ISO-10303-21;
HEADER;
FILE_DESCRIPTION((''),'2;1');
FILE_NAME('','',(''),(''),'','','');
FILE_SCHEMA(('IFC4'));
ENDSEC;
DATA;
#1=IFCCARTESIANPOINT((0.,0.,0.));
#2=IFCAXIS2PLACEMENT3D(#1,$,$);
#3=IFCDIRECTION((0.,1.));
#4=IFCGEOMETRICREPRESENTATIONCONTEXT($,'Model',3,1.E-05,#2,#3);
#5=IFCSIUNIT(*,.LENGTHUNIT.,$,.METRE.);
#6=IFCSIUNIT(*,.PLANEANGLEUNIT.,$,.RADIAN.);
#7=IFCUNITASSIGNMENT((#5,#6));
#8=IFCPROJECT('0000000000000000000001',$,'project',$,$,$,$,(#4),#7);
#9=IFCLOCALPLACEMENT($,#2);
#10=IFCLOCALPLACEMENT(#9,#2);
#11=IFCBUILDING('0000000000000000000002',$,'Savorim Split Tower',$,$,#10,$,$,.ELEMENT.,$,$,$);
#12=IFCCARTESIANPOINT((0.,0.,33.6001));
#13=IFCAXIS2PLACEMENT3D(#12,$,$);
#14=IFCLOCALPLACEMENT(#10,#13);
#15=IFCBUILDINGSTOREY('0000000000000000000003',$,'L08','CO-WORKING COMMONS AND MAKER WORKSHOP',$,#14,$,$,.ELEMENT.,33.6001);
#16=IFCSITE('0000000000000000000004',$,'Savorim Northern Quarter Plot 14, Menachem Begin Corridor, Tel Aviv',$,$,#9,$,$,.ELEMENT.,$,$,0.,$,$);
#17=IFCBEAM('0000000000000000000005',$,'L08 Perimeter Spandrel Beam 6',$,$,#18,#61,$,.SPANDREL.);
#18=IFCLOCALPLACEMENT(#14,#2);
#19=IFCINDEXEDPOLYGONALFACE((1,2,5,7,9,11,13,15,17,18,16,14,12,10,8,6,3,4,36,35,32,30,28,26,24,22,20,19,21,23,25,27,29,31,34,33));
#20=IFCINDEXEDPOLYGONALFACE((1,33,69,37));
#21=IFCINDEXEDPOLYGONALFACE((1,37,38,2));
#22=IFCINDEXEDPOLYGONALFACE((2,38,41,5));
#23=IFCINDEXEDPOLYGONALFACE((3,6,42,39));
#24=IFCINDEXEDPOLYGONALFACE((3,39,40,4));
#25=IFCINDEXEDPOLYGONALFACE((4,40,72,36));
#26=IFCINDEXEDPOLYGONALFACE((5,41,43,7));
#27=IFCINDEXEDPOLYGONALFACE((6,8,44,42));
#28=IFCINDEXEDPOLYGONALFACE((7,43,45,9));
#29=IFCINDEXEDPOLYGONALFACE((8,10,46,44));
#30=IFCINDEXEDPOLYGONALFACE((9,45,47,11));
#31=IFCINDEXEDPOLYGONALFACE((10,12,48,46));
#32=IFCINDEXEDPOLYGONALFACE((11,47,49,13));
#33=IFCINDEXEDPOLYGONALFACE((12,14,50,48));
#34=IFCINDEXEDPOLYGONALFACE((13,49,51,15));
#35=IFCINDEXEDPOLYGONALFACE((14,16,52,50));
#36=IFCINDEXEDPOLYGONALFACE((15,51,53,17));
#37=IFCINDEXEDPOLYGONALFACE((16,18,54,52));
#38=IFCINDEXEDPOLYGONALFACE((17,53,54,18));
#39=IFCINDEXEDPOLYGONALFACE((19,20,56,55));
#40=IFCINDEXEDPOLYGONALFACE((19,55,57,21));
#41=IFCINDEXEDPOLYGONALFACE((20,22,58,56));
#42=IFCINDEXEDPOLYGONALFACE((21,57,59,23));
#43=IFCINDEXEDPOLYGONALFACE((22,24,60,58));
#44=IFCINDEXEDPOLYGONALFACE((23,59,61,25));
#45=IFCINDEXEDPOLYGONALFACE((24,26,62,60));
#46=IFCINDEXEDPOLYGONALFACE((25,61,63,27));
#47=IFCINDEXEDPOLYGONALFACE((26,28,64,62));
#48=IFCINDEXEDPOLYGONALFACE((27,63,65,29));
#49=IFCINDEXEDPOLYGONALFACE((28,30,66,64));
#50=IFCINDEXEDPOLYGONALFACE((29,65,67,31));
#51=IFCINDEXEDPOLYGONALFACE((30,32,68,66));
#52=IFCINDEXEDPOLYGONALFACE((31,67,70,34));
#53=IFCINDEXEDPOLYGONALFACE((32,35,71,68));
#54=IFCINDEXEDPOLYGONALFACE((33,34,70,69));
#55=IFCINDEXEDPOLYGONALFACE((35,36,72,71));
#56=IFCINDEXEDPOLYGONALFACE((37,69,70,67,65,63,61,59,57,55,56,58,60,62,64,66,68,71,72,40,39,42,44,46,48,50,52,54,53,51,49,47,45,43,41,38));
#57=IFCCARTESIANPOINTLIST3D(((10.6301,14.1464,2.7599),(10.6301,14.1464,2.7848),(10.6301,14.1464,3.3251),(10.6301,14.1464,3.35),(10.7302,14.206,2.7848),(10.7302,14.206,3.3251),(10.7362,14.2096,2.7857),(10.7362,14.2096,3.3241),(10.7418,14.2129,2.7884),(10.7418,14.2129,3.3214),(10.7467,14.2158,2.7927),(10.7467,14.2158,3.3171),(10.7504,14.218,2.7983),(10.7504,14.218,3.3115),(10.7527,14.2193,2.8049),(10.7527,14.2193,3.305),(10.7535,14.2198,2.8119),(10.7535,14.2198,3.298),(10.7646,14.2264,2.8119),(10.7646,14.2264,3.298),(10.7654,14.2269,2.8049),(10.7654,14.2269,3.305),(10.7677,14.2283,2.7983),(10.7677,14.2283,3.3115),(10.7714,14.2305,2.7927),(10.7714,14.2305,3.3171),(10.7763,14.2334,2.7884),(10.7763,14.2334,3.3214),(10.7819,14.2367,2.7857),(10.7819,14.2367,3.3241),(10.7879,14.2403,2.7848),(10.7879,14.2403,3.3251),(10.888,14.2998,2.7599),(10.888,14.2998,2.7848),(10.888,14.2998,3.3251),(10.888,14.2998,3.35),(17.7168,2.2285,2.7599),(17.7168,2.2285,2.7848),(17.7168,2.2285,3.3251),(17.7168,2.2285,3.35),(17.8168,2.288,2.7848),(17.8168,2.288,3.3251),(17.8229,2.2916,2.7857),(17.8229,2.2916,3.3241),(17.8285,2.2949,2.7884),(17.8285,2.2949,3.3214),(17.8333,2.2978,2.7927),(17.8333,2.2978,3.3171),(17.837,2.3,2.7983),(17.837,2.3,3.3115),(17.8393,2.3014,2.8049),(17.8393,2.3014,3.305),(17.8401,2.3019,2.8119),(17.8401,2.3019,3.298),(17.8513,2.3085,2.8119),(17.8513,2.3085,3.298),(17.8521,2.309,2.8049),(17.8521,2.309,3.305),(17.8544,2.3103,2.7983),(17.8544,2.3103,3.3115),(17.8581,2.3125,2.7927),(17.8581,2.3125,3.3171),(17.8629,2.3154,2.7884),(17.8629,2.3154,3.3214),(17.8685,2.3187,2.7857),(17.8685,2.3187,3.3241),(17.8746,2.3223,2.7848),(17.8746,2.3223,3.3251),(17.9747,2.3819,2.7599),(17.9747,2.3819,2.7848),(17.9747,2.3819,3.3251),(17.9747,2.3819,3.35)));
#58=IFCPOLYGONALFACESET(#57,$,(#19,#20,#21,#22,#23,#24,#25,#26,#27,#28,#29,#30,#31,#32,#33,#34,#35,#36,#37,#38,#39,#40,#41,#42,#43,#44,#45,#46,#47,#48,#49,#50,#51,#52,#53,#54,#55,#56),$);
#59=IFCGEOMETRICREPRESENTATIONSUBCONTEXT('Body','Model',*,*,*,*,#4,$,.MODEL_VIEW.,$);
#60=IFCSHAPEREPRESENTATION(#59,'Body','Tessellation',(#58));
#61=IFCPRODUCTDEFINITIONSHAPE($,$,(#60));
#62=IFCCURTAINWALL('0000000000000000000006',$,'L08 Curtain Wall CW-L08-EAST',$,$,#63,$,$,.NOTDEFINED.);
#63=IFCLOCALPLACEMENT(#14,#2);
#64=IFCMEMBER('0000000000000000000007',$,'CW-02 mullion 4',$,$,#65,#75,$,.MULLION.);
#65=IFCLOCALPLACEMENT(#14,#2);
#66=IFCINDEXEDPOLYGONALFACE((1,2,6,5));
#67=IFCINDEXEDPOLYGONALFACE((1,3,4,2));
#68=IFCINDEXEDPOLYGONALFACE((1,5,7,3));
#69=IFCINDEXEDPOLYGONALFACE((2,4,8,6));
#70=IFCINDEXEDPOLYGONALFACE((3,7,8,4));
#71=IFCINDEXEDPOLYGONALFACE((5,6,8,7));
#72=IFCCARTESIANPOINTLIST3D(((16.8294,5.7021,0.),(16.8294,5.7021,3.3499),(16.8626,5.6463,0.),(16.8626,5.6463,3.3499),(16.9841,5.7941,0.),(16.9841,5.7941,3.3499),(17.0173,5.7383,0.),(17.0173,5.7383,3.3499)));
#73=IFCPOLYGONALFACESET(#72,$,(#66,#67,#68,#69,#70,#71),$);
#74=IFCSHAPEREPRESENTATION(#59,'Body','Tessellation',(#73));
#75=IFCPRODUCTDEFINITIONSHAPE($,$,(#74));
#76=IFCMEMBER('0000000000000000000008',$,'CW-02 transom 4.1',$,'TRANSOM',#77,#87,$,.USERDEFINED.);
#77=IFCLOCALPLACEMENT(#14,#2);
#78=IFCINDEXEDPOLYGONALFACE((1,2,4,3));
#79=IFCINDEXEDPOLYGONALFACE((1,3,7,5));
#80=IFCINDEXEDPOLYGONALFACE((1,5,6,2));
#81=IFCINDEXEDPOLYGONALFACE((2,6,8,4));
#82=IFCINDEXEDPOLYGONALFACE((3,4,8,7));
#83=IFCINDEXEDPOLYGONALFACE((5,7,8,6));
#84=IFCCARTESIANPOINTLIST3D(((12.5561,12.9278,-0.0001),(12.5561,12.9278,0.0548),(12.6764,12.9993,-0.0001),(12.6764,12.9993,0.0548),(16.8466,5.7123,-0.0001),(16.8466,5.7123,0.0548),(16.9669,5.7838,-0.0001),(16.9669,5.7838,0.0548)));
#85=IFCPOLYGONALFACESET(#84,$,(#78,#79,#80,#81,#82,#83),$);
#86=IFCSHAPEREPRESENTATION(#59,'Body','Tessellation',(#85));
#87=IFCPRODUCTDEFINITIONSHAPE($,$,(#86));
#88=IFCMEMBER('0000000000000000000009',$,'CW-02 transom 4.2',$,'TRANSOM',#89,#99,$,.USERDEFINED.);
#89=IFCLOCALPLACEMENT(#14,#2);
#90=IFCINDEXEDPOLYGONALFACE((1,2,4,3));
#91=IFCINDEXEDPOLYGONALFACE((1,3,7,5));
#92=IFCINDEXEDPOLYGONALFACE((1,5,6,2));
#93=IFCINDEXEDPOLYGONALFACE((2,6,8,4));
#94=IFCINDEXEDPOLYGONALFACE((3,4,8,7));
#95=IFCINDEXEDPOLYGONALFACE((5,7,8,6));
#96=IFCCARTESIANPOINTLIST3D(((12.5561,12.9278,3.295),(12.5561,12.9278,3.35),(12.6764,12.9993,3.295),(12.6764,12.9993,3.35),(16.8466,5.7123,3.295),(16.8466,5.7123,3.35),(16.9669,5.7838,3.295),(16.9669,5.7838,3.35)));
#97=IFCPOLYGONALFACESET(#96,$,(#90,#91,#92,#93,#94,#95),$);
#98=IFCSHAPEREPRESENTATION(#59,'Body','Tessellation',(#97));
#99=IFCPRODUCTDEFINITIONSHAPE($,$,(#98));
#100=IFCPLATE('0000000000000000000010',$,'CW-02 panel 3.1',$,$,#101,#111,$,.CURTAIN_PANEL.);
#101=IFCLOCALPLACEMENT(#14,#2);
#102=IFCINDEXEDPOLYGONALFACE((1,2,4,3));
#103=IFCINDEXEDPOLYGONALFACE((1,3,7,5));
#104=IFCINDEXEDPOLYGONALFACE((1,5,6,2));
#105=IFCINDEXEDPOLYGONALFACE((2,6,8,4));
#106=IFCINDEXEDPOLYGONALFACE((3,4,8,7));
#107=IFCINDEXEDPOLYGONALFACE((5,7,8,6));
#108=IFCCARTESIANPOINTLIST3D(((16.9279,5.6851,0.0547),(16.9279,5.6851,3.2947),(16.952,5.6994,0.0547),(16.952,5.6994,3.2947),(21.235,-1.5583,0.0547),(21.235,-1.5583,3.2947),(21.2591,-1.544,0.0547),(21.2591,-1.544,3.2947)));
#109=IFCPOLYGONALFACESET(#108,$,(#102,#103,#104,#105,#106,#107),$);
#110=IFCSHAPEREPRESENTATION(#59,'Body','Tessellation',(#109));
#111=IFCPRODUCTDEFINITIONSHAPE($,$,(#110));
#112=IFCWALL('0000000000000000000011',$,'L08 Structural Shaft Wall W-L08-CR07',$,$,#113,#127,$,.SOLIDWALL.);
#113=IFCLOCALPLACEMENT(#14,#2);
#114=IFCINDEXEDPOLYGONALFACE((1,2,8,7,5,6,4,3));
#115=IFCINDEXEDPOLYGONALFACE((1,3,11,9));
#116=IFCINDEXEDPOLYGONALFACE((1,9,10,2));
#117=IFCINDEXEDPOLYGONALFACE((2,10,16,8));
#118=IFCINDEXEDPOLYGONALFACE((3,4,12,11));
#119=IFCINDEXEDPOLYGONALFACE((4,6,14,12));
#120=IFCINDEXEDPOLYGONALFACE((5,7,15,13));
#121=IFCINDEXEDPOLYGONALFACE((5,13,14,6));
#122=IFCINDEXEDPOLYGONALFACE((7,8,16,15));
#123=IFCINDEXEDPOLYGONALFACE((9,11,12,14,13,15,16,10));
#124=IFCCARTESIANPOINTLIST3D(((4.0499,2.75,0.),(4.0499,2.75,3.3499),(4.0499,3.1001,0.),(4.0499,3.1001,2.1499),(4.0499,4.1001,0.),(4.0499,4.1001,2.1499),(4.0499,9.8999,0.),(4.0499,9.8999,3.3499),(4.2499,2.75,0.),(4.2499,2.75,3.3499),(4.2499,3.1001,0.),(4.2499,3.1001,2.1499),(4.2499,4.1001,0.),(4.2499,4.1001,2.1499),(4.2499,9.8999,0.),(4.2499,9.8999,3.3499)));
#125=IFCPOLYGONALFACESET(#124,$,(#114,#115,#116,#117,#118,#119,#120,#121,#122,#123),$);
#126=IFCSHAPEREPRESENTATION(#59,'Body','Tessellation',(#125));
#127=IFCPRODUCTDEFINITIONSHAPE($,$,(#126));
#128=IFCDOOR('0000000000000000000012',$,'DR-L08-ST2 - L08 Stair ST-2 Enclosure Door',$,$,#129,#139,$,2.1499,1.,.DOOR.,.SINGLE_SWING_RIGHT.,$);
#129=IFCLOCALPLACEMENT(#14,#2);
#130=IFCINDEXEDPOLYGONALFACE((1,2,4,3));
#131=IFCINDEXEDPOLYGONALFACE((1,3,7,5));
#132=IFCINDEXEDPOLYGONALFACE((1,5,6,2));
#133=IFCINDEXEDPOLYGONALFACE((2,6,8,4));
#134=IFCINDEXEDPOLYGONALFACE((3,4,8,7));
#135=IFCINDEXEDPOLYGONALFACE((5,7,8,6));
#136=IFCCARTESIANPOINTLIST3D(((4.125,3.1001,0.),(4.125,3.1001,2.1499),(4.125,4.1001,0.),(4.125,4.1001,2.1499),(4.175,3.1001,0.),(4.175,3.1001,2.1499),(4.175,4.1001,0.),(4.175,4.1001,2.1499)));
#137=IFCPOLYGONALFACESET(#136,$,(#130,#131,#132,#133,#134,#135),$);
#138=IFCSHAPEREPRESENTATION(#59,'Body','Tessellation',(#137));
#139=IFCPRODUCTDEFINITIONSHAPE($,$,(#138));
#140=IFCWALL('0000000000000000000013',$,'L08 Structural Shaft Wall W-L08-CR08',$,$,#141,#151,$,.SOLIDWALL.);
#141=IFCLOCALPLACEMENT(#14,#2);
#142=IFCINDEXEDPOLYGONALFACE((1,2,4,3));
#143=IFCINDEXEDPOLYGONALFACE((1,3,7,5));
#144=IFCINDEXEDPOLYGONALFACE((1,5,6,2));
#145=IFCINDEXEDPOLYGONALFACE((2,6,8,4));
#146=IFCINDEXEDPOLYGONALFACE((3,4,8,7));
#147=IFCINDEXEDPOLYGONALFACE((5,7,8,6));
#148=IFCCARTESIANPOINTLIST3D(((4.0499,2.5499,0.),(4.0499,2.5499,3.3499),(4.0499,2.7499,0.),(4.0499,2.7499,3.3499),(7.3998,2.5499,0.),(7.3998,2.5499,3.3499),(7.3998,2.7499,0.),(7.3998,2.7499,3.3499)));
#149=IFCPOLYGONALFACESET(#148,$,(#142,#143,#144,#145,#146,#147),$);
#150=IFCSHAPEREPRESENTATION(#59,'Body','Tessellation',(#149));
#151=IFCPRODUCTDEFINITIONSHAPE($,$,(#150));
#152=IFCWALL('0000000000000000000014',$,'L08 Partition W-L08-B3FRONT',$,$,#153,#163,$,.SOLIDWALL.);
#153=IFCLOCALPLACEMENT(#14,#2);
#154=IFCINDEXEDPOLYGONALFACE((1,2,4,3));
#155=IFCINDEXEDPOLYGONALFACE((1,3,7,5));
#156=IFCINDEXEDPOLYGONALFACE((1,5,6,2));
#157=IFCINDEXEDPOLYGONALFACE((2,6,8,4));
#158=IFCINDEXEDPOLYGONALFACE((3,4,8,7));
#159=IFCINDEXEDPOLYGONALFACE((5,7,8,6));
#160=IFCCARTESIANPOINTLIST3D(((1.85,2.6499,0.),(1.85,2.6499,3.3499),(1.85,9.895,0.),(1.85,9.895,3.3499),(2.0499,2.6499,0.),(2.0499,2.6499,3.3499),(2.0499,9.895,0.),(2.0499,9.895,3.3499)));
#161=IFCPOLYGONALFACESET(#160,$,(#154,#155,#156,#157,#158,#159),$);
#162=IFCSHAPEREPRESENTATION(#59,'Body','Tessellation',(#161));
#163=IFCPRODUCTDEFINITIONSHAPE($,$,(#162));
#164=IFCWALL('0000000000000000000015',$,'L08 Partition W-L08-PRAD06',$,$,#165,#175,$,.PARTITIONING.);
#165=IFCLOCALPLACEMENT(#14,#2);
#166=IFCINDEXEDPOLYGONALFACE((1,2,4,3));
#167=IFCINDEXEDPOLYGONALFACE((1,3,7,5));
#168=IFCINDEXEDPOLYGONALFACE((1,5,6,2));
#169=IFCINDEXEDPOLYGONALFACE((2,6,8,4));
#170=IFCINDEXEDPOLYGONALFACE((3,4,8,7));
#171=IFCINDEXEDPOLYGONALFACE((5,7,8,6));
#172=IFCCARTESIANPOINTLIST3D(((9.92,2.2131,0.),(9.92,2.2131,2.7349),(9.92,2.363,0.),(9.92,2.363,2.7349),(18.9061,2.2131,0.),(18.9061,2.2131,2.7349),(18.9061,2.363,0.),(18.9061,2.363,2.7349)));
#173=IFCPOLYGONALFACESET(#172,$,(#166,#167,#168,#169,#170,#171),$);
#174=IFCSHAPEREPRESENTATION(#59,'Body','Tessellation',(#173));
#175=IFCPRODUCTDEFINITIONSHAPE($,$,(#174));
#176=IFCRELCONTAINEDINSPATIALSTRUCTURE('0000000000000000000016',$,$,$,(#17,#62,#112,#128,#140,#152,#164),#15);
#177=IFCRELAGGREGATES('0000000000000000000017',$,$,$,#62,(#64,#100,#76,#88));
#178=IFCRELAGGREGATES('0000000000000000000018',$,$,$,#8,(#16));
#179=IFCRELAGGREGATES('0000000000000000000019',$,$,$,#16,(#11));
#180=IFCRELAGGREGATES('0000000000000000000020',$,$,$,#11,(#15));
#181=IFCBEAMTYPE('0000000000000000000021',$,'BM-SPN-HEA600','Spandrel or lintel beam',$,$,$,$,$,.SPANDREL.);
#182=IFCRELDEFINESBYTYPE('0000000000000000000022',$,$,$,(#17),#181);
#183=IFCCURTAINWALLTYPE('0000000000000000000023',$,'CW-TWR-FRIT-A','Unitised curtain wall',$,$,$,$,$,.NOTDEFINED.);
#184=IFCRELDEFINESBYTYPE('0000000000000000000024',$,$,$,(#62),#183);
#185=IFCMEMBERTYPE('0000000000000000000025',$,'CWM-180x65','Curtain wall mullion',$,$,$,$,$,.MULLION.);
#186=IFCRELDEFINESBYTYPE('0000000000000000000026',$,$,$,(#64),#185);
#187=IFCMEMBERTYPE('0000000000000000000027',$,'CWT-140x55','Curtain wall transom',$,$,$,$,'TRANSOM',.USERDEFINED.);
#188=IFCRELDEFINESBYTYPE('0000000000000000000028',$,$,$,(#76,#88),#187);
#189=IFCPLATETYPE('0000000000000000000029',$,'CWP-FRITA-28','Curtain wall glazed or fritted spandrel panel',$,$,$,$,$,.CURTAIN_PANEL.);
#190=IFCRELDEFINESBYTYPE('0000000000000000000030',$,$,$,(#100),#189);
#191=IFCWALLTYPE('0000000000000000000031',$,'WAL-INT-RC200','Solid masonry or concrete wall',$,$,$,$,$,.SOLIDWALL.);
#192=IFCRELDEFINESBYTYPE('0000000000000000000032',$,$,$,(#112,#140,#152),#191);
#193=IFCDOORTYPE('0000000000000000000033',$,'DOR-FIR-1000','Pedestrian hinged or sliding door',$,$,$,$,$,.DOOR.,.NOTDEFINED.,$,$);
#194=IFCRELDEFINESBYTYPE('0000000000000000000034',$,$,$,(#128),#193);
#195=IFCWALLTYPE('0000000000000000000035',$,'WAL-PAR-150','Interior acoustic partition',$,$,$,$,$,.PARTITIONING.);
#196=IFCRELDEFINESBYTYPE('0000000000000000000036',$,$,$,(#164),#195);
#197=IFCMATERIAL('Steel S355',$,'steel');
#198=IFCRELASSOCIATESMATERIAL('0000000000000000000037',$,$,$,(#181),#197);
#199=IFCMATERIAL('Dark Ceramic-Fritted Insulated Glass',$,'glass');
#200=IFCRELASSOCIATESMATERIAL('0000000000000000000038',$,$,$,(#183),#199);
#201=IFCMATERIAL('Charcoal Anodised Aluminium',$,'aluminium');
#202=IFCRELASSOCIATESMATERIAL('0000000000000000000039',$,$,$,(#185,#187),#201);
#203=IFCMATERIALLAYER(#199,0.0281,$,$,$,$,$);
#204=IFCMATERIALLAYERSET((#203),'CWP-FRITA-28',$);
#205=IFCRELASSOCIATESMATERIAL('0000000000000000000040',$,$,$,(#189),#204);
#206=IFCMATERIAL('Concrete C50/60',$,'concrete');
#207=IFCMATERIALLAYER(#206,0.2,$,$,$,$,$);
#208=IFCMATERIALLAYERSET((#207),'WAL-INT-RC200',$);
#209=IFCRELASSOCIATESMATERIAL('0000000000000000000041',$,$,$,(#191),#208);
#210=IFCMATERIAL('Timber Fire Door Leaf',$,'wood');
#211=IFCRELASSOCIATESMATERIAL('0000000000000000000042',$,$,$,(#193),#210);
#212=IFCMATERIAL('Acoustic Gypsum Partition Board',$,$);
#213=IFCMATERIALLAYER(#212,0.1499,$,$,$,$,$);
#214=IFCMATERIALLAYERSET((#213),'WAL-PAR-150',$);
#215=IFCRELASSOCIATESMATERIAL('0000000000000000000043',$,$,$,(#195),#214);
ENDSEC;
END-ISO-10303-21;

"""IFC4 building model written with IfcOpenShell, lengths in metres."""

from ifc_helpers import new_model, si_unit, direction, frame, frame_2d, origin, origin_2d, place, context, subcontext, project, spatial, rectangle, i_section, extrude, material, layer, layer_set, material_profile, profile_set, type_object, element, fill, aggregate, save


model = new_model("IFC4")

# Units and contexts
model_context = context("Model", 3, precision=1e-05, world=origin(), true_north=direction((0.0, 1.0)))
body_context = subcontext(model_context, "Body", "Model", "MODEL_VIEW")
ifc_project = project(units=[si_unit("LENGTHUNIT", "METRE"), si_unit("PLANEANGLEUNIT", "RADIAN")], contexts=[model_context])

# Site, building, storey
site_placement = place(None, origin())
site = spatial("IfcSite", under=ifc_project, at=site_placement, Name="Savorim Northern Quarter Plot 14, Menachem Begin Corridor, Tel Aviv", CompositionType="ELEMENT", RefElevation=0.0)
building_placement = place(site_placement, origin())
building = spatial("IfcBuilding", under=site, at=building_placement, Name="Savorim Split Tower", CompositionType="ELEMENT")
storey_placement = place(building_placement, frame((0.0, 0.0, 33.6001)))
storey = spatial("IfcBuildingStorey", under=building, at=storey_placement, Name="L08", Description="CO-WORKING COMMONS AND MAKER WORKSHOP", CompositionType="ELEMENT", Elevation=33.6001)

# Beam
ifc_material_1 = material(Name="Steel S355", Category="steel")
ifc_material_profile_1 = material_profile(ifc_material_1, i_section(OverallWidth=0.3, OverallDepth=0.5901, WebThickness=0.0129, FlangeThickness=0.0249, FilletRadius=0.0271, at=origin_2d()), Name="HEA 600")
ifc_profile_set_1 = profile_set([ifc_material_profile_1], Name="Steel S355")
beam_type_1 = type_object("IfcBeamType", Name="BM-SPN-HEA600", Description="Spandrel or lintel beam", PredefinedType="SPANDREL", material=ifc_profile_set_1)
beam_1_placement = place(storey_placement, frame((17.8457, 2.3052, 3.0549), z_axis=(-0.511092, 0.859526, 0.0), x_axis=(-0.859526, -0.511092, 0.0)))
element("IfcBeam", 1, at=beam_1_placement, inside=storey, type_object=beam_type_1, Name="L08 Perimeter Spandrel Beam 6", PredefinedType="SPANDREL", context=body_context, shape_type="SweptSolid", body=[
    extrude(i_section(OverallWidth=0.3, OverallDepth=0.5901, WebThickness=0.0129, FlangeThickness=0.0249, FilletRadius=0.0271, at=origin_2d()), origin(), (0.0, 0.0, 1.0), 13.8657),
])

# Curtain wall, members, plate
ifc_material_2 = material(Name="Dark Ceramic-Fritted Insulated Glass", Category="glass")
curtain_wall_type = type_object("IfcCurtainWallType", Name="CW-TWR-FRIT-A", Description="Unitised curtain wall", PredefinedType="NOTDEFINED", material=ifc_material_2)
curtain_wall_placement = place(storey_placement, origin())
curtain_wall = element("IfcCurtainWall", 2, at=curtain_wall_placement, inside=storey, type_object=curtain_wall_type, Name="L08 Curtain Wall CW-L08-EAST", PredefinedType="NOTDEFINED")
ifc_material_3 = material(Name="Charcoal Anodised Aluminium", Category="aluminium")
ifc_material_profile_2 = material_profile(ifc_material_3, rectangle(XDim=0.1799, YDim=0.0649, at=origin_2d()), Name="ALU-M 180x65")
ifc_profile_set_2 = profile_set([ifc_material_profile_2], Name="Charcoal Anodised Aluminium")
member_type_1 = type_object("IfcMemberType", Name="CWM-180x65", Description="Curtain wall mullion", PredefinedType="MULLION", material=ifc_profile_set_2)
member_1_placement = place(storey_placement, frame((16.9233, 5.7202, 0.0), z_axis=(0.0, 0.0, 1.0), x_axis=(-0.859526, -0.511092, 0.0)))
member_1 = element("IfcMember", 3, at=member_1_placement, type_object=member_type_1, Name="CW-02 mullion 4", PredefinedType="MULLION", context=body_context, shape_type="SweptSolid", body=[
    extrude(rectangle(XDim=0.1799, YDim=0.0649, at=origin_2d()), origin(), (0.0, 0.0, 1.0), 3.3499),
])
ifc_material_profile_3 = material_profile(ifc_material_3, rectangle(XDim=0.1399, YDim=0.0549, at=origin_2d()), Name="ALU-T 140x55")
ifc_profile_set_3 = profile_set([ifc_material_profile_3], Name="Charcoal Anodised Aluminium")
member_type_2 = type_object("IfcMemberType", Name="CWT-140x55", Description="Curtain wall transom", ElementType="TRANSOM", PredefinedType="USERDEFINED", material=ifc_profile_set_3)
member_2_placement = place(storey_placement, frame((16.9067, 5.748, 0.0273), z_axis=(-0.511092, 0.859526, 0.0), x_axis=(-0.859526, -0.511092, 0.0)))
member_2 = element("IfcMember", 4, at=member_2_placement, type_object=member_type_2, Name="CW-02 transom 4.1", ObjectType="TRANSOM", PredefinedType="USERDEFINED", context=body_context, shape_type="SweptSolid", body=[
    extrude(rectangle(XDim=0.1399, YDim=0.0549, at=origin_2d()), origin(), (0.0, 0.0, 1.0), 8.3948),
])
member_3_placement = place(storey_placement, frame((16.9067, 5.748, 3.3225), z_axis=(-0.511092, 0.859526, 0.0), x_axis=(-0.859526, -0.511092, 0.0)))
member_3 = element("IfcMember", 5, at=member_3_placement, type_object=member_type_2, Name="CW-02 transom 4.2", ObjectType="TRANSOM", PredefinedType="USERDEFINED", context=body_context, shape_type="SweptSolid", body=[
    extrude(rectangle(XDim=0.1399, YDim=0.0549, at=origin_2d()), origin(), (0.0, 0.0, 1.0), 8.3948),
])
ifc_layer_1 = layer(ifc_material_2, 0.0281)
ifc_layer_set_1 = layer_set([ifc_layer_1], Name="CWP-FRITA-28")
plate_type = type_object("IfcPlateType", Name="CWP-FRITA-28", Description="Curtain wall glazed or fritted spandrel panel", PredefinedType="CURTAIN_PANEL", material=ifc_layer_set_1)
plate_placement = place(storey_placement, frame((19.0935, 2.0706, 0.0547), z_axis=(0.0, 0.0, 1.0), x_axis=(-0.511092, 0.859526, 0.0)))
plate = element("IfcPlate", 6, at=plate_placement, type_object=plate_type, Name="CW-02 panel 3.1", PredefinedType="CURTAIN_PANEL", context=body_context, shape_type="SweptSolid", body=[
    extrude(rectangle(XDim=8.4272, YDim=0.0281, at=origin_2d()), origin(), (0.0, 0.0, 1.0), 3.24),
])
aggregate(curtain_wall, [member_1, plate, member_2, member_3])

# Wall, opening, door
ifc_material_4 = material(Name="Concrete C50/60", Category="concrete")
ifc_layer_2 = layer(ifc_material_4, 0.2)
ifc_layer_set_2 = layer_set([ifc_layer_2], Name="WAL-INT-RC200")
wall_type_1 = type_object("IfcWallType", Name="WAL-INT-RC200", Description="Solid masonry or concrete wall", PredefinedType="SOLIDWALL", material=ifc_layer_set_2)
wall_1_placement = place(storey_placement, frame((4.1499, 2.75, 0.0), z_axis=(0.0, 0.0, 1.0), x_axis=(0.0, 1.0, 0.0)))
wall_1 = element("IfcWall", 7, at=wall_1_placement, inside=storey, type_object=wall_type_1, Name="L08 Structural Shaft Wall W-L08-CR07", PredefinedType="SOLIDWALL", context=body_context, shape_type="SweptSolid", body=[
    extrude(rectangle(XDim=7.1499, YDim=0.2, at=frame_2d((3.575, 0.0))), origin(), (0.0, 0.0, 1.0), 3.3499),
])
opening_placement = place(wall_1_placement, frame((0.3501, 0.0, 0.0)))
opening = element("IfcOpeningElement", 8, at=opening_placement, cuts=wall_1, PredefinedType="OPENING", context=body_context, shape_type="SweptSolid", body=[
    extrude(rectangle(XDim=1.0, YDim=2.1499, at=frame_2d((0.5, 1.075))), frame((0.0, 0.1099, 0.0), z_axis=(0.0, -1.0, 0.0), x_axis=(1.0, 0.0, 0.0)), (0.0, 0.0, 1.0), 0.22),
])
ifc_material_5 = material(Name="Timber Fire Door Leaf", Category="wood")
door_type = type_object("IfcDoorType", Name="DOR-FIR-1000", Description="Pedestrian hinged or sliding door", OperationType="NOTDEFINED", PredefinedType="DOOR", material=ifc_material_5)
door_placement = place(opening_placement, origin())
door = element("IfcDoor", 9, at=door_placement, inside=storey, type_object=door_type, Name="DR-L08-ST2 - L08 Stair ST-2 Enclosure Door", OperationType="SINGLE_SWING_RIGHT", OverallHeight=2.1499, OverallWidth=1.0, PredefinedType="DOOR", context=body_context, shape_type="SweptSolid", body=[
    extrude(rectangle(XDim=1.0, YDim=2.1499, at=frame_2d((0.5, 1.075))), frame((0.0, 0.0249, 0.0), z_axis=(0.0, -1.0, 0.0), x_axis=(1.0, 0.0, 0.0)), (0.0, 0.0, 1.0), 0.05),
])
fill(opening, door)

# Walls
wall_2_placement = place(storey_placement, frame((4.05, 2.6499, 0.0), z_axis=(0.0, 0.0, 1.0), x_axis=(1.0, 0.0, 0.0)))
element("IfcWall", 10, at=wall_2_placement, inside=storey, type_object=wall_type_1, Name="L08 Structural Shaft Wall W-L08-CR08", PredefinedType="SOLIDWALL", context=body_context, shape_type="SweptSolid", body=[
    extrude(rectangle(XDim=3.3499, YDim=0.2, at=frame_2d((1.6748, 0.0))), origin(), (0.0, 0.0, 1.0), 3.3499),
])
wall_3_placement = place(storey_placement, frame((1.95, 2.6499, 0.0), z_axis=(0.0, 0.0, 1.0), x_axis=(0.0, 1.0, 0.0)))
element("IfcWall", 11, at=wall_3_placement, inside=storey, type_object=wall_type_1, Name="L08 Partition W-L08-B3FRONT", PredefinedType="SOLIDWALL", context=body_context, shape_type="SweptSolid", body=[
    extrude(rectangle(XDim=7.2451, YDim=0.2, at=frame_2d((3.6226, 0.0))), origin(), (0.0, 0.0, 1.0), 3.3499),
])
ifc_material_6 = material(Name="Acoustic Gypsum Partition Board")
ifc_layer_3 = layer(ifc_material_6, 0.1499)
ifc_layer_set_3 = layer_set([ifc_layer_3], Name="WAL-PAR-150")
wall_type_2 = type_object("IfcWallType", Name="WAL-PAR-150", Description="Interior acoustic partition", PredefinedType="PARTITIONING", material=ifc_layer_set_3)
wall_4_placement = place(storey_placement, frame((9.9199, 2.2881, 0.0), z_axis=(0.0, 0.0, 1.0), x_axis=(1.0, 0.0, 0.0)))
element("IfcWall", 12, at=wall_4_placement, inside=storey, type_object=wall_type_2, Name="L08 Partition W-L08-PRAD06", PredefinedType="PARTITIONING", context=body_context, shape_type="SweptSolid", body=[
    extrude(rectangle(XDim=8.9861, YDim=0.1499, at=frame_2d((4.4932, 0.0))), origin(), (0.0, 0.0, 1.0), 2.7349),
])

save(model, "model.ifc")
